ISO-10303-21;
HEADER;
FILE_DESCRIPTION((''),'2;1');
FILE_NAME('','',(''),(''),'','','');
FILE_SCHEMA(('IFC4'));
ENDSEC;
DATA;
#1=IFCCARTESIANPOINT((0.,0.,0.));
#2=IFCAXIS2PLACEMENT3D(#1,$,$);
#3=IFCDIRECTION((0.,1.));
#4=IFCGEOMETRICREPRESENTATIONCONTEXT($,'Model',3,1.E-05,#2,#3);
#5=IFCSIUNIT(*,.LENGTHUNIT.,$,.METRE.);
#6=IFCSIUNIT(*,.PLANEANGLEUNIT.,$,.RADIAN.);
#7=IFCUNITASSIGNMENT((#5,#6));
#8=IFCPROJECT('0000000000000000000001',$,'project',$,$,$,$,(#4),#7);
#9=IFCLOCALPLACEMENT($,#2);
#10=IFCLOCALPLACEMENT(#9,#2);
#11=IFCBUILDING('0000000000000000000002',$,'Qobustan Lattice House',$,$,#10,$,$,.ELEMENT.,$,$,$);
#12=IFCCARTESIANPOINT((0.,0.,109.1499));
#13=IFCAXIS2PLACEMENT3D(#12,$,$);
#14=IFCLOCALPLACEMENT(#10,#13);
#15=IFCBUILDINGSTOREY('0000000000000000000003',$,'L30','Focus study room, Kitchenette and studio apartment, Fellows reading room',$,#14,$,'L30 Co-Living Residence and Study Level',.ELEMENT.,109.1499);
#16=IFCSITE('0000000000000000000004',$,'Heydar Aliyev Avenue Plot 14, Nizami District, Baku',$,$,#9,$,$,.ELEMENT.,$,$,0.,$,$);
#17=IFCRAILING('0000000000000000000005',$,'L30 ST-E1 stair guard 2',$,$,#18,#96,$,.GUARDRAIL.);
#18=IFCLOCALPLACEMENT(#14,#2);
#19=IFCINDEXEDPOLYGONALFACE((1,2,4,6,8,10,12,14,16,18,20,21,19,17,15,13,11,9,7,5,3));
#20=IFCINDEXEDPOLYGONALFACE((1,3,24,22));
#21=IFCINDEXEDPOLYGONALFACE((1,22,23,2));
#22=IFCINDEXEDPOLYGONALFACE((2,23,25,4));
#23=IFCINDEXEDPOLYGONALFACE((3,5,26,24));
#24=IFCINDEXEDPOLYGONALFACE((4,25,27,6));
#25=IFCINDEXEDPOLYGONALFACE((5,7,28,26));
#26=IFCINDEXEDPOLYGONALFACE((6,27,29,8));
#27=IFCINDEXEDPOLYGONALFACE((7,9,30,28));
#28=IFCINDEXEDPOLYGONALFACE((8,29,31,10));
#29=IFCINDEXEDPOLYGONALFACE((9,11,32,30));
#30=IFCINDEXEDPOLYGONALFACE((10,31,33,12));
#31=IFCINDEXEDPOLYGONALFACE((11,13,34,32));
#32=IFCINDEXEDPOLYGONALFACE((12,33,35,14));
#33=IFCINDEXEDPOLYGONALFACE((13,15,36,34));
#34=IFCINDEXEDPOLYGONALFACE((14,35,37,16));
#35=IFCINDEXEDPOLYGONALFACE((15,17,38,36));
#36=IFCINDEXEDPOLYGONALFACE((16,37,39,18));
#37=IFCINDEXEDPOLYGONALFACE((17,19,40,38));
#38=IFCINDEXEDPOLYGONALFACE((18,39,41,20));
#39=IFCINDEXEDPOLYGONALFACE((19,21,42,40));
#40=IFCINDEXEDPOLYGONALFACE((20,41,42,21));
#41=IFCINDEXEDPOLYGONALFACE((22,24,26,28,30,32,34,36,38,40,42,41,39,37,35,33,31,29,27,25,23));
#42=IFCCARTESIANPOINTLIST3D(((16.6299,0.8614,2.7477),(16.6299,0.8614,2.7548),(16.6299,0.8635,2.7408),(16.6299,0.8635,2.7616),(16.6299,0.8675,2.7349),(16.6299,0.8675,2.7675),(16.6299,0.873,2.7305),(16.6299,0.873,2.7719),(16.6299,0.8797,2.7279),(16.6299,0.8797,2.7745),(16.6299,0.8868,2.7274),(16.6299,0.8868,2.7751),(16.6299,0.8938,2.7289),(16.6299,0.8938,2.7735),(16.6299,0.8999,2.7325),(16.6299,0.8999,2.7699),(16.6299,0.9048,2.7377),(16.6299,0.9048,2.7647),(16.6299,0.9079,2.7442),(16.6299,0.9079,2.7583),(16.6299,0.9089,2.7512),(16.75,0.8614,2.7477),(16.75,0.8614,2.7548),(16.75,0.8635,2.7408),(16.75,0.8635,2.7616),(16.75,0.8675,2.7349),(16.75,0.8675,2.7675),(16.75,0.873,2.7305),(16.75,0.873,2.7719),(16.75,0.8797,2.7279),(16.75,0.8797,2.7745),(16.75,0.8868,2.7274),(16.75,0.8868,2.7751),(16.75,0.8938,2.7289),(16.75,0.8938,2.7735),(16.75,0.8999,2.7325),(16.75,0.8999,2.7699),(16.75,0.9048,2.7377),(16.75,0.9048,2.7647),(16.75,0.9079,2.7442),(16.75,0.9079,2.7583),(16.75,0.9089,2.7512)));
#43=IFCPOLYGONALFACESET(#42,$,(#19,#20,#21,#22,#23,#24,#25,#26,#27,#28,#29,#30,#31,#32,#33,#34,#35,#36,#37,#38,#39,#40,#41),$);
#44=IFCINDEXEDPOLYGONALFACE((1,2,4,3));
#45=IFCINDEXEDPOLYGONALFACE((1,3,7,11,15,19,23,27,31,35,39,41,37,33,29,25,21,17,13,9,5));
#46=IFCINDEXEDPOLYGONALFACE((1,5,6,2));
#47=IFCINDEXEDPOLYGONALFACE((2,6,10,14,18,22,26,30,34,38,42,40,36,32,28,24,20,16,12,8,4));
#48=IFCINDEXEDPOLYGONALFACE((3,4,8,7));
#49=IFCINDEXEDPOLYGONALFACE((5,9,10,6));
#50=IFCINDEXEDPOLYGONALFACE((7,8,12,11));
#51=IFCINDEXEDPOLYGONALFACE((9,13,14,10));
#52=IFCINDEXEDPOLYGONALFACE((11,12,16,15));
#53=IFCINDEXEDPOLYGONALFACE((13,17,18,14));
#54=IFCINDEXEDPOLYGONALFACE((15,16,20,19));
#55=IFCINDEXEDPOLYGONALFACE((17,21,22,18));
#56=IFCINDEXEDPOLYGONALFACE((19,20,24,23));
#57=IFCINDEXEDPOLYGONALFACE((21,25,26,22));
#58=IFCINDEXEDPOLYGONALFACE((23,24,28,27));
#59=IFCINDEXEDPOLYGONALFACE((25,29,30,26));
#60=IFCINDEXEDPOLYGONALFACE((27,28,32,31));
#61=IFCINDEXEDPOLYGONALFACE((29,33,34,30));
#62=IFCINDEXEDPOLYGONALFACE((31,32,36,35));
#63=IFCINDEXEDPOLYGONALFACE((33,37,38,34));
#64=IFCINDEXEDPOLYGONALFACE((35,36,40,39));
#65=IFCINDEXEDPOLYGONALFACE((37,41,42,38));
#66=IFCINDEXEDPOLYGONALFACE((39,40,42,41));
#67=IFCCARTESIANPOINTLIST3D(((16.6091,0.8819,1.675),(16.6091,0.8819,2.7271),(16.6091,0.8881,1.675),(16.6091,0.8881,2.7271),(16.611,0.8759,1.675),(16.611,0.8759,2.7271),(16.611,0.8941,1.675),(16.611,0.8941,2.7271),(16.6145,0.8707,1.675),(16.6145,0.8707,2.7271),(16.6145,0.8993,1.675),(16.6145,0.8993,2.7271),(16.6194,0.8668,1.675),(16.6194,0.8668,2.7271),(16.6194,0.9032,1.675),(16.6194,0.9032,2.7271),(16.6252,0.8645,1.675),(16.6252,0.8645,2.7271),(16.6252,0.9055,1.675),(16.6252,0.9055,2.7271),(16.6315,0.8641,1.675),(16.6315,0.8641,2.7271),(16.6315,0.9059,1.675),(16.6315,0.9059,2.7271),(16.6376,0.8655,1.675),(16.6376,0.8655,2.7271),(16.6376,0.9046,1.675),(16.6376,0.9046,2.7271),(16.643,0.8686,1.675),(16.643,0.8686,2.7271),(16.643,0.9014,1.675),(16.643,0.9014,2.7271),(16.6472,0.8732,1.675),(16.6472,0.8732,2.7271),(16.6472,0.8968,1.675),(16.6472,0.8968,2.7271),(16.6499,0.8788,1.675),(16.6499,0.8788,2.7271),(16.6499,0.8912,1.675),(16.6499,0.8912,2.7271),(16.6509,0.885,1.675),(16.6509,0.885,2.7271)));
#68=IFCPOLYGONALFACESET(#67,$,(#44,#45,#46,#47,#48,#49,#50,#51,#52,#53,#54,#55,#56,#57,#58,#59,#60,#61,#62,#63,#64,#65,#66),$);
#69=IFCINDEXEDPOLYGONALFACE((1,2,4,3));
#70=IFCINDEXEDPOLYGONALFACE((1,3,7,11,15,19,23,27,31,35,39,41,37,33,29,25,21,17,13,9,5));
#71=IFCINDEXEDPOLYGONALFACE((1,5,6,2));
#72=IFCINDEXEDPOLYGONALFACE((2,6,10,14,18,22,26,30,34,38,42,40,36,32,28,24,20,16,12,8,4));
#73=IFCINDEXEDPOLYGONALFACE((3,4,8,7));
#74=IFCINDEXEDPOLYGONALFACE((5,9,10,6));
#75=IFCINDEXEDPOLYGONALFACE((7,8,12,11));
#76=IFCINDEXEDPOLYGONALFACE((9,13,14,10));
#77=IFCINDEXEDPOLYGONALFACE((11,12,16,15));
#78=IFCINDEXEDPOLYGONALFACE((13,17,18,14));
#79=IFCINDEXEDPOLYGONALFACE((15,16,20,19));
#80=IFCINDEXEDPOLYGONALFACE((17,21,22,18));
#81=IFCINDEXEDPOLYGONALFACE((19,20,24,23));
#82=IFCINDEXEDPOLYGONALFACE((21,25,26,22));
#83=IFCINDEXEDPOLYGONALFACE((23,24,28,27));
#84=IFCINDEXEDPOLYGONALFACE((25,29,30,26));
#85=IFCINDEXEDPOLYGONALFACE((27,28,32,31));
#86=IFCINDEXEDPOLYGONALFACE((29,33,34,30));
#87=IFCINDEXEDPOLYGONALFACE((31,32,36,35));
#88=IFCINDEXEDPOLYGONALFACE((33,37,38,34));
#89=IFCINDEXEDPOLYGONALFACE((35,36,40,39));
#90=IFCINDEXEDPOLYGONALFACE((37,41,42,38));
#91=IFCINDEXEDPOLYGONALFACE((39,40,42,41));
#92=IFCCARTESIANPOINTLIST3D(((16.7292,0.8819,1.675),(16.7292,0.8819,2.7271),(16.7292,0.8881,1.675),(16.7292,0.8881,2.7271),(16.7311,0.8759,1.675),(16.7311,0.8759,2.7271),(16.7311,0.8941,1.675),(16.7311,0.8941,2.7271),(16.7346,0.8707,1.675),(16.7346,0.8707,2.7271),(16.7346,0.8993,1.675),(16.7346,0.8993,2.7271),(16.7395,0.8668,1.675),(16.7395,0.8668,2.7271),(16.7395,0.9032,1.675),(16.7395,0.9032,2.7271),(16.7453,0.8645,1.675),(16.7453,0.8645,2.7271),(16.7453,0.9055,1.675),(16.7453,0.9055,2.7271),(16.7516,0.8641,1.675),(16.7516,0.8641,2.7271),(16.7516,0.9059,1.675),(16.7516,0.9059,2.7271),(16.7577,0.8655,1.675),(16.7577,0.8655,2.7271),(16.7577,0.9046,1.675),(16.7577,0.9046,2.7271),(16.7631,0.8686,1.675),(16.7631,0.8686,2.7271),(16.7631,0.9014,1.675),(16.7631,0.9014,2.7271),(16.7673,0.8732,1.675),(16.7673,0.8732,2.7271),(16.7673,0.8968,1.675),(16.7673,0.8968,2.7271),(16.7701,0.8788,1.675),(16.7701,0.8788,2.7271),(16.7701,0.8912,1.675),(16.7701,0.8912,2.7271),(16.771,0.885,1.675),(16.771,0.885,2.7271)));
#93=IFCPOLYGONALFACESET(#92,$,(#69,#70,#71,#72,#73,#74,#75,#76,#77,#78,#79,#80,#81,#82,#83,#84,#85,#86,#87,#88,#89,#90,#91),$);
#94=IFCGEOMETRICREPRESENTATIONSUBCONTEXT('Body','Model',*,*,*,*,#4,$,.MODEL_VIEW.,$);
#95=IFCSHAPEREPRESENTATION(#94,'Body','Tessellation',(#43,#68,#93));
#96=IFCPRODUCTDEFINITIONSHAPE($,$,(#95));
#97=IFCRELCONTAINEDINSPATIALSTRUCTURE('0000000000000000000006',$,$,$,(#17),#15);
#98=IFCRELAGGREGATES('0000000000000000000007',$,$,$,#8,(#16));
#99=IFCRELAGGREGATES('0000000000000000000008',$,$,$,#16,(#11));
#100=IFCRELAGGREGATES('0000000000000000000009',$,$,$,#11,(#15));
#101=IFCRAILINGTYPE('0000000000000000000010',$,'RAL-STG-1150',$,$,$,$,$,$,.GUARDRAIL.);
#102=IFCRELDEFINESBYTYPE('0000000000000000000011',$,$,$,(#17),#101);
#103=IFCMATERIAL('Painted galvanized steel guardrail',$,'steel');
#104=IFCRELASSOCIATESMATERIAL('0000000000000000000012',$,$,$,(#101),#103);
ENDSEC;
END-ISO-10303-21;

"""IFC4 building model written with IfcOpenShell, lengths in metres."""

from ifc_helpers import new_model, si_unit, direction, frame, origin, origin_2d, place, context, subcontext, project, spatial, circle, extrude, material, type_object, element, save


model = new_model("IFC4")

# Units and contexts
model_context = context("Model", 3, precision=1e-05, world=origin(), true_north=direction((0.0, 1.0)))
body_context = subcontext(model_context, "Body", "Model", "MODEL_VIEW")
ifc_project = project(units=[si_unit("LENGTHUNIT", "METRE"), si_unit("PLANEANGLEUNIT", "RADIAN")], contexts=[model_context])

# Site, building, storey
site_placement = place(None, origin())
site = spatial("IfcSite", under=ifc_project, at=site_placement, Name="Heydar Aliyev Avenue Plot 14, Nizami District, Baku", CompositionType="ELEMENT", RefElevation=0.0)
building_placement = place(site_placement, origin())
building = spatial("IfcBuilding", under=site, at=building_placement, Name="Qobustan Lattice House", CompositionType="ELEMENT")
storey_placement = place(building_placement, frame((0.0, 0.0, 109.1499)))
storey = spatial("IfcBuildingStorey", under=building, at=storey_placement, Name="L30", Description="Focus study room, Kitchenette and studio apartment, Fellows reading room", LongName="L30 Co-Living Residence and Study Level", CompositionType="ELEMENT", Elevation=109.1499)

# Railing
ifc_material_1 = material(Name="Painted galvanized steel guardrail", Category="steel")
railing_type_1 = type_object("IfcRailingType", Name="RAL-STG-1150", PredefinedType="GUARDRAIL", material=ifc_material_1)
railing_1_placement = place(storey_placement, frame((16.6299, 0.885, 1.675)))
element("IfcRailing", 1, at=railing_1_placement, inside=storey, type_object=railing_type_1, Name="L30 ST-E1 stair guard 2", PredefinedType="GUARDRAIL", context=body_context, shape_type="SweptSolid", body=[
    extrude(circle(Radius=0.0239, at=origin_2d()), frame((0.0, 0.0, 1.0762), z_axis=(1.0, 0.0, 0.0), x_axis=(0.0, 1.0, 0.0)), (0.0, 0.0, 1.0), 0.1201),
    extrude(circle(Radius=0.021, at=origin_2d()), origin(), (0.0, 0.0, 1.0), 1.052),
    extrude(circle(Radius=0.021, at=origin_2d()), frame((0.1201, 0.0, 0.0)), (0.0, 0.0, 1.0), 1.052),
])

save(model, "model.ifc")
